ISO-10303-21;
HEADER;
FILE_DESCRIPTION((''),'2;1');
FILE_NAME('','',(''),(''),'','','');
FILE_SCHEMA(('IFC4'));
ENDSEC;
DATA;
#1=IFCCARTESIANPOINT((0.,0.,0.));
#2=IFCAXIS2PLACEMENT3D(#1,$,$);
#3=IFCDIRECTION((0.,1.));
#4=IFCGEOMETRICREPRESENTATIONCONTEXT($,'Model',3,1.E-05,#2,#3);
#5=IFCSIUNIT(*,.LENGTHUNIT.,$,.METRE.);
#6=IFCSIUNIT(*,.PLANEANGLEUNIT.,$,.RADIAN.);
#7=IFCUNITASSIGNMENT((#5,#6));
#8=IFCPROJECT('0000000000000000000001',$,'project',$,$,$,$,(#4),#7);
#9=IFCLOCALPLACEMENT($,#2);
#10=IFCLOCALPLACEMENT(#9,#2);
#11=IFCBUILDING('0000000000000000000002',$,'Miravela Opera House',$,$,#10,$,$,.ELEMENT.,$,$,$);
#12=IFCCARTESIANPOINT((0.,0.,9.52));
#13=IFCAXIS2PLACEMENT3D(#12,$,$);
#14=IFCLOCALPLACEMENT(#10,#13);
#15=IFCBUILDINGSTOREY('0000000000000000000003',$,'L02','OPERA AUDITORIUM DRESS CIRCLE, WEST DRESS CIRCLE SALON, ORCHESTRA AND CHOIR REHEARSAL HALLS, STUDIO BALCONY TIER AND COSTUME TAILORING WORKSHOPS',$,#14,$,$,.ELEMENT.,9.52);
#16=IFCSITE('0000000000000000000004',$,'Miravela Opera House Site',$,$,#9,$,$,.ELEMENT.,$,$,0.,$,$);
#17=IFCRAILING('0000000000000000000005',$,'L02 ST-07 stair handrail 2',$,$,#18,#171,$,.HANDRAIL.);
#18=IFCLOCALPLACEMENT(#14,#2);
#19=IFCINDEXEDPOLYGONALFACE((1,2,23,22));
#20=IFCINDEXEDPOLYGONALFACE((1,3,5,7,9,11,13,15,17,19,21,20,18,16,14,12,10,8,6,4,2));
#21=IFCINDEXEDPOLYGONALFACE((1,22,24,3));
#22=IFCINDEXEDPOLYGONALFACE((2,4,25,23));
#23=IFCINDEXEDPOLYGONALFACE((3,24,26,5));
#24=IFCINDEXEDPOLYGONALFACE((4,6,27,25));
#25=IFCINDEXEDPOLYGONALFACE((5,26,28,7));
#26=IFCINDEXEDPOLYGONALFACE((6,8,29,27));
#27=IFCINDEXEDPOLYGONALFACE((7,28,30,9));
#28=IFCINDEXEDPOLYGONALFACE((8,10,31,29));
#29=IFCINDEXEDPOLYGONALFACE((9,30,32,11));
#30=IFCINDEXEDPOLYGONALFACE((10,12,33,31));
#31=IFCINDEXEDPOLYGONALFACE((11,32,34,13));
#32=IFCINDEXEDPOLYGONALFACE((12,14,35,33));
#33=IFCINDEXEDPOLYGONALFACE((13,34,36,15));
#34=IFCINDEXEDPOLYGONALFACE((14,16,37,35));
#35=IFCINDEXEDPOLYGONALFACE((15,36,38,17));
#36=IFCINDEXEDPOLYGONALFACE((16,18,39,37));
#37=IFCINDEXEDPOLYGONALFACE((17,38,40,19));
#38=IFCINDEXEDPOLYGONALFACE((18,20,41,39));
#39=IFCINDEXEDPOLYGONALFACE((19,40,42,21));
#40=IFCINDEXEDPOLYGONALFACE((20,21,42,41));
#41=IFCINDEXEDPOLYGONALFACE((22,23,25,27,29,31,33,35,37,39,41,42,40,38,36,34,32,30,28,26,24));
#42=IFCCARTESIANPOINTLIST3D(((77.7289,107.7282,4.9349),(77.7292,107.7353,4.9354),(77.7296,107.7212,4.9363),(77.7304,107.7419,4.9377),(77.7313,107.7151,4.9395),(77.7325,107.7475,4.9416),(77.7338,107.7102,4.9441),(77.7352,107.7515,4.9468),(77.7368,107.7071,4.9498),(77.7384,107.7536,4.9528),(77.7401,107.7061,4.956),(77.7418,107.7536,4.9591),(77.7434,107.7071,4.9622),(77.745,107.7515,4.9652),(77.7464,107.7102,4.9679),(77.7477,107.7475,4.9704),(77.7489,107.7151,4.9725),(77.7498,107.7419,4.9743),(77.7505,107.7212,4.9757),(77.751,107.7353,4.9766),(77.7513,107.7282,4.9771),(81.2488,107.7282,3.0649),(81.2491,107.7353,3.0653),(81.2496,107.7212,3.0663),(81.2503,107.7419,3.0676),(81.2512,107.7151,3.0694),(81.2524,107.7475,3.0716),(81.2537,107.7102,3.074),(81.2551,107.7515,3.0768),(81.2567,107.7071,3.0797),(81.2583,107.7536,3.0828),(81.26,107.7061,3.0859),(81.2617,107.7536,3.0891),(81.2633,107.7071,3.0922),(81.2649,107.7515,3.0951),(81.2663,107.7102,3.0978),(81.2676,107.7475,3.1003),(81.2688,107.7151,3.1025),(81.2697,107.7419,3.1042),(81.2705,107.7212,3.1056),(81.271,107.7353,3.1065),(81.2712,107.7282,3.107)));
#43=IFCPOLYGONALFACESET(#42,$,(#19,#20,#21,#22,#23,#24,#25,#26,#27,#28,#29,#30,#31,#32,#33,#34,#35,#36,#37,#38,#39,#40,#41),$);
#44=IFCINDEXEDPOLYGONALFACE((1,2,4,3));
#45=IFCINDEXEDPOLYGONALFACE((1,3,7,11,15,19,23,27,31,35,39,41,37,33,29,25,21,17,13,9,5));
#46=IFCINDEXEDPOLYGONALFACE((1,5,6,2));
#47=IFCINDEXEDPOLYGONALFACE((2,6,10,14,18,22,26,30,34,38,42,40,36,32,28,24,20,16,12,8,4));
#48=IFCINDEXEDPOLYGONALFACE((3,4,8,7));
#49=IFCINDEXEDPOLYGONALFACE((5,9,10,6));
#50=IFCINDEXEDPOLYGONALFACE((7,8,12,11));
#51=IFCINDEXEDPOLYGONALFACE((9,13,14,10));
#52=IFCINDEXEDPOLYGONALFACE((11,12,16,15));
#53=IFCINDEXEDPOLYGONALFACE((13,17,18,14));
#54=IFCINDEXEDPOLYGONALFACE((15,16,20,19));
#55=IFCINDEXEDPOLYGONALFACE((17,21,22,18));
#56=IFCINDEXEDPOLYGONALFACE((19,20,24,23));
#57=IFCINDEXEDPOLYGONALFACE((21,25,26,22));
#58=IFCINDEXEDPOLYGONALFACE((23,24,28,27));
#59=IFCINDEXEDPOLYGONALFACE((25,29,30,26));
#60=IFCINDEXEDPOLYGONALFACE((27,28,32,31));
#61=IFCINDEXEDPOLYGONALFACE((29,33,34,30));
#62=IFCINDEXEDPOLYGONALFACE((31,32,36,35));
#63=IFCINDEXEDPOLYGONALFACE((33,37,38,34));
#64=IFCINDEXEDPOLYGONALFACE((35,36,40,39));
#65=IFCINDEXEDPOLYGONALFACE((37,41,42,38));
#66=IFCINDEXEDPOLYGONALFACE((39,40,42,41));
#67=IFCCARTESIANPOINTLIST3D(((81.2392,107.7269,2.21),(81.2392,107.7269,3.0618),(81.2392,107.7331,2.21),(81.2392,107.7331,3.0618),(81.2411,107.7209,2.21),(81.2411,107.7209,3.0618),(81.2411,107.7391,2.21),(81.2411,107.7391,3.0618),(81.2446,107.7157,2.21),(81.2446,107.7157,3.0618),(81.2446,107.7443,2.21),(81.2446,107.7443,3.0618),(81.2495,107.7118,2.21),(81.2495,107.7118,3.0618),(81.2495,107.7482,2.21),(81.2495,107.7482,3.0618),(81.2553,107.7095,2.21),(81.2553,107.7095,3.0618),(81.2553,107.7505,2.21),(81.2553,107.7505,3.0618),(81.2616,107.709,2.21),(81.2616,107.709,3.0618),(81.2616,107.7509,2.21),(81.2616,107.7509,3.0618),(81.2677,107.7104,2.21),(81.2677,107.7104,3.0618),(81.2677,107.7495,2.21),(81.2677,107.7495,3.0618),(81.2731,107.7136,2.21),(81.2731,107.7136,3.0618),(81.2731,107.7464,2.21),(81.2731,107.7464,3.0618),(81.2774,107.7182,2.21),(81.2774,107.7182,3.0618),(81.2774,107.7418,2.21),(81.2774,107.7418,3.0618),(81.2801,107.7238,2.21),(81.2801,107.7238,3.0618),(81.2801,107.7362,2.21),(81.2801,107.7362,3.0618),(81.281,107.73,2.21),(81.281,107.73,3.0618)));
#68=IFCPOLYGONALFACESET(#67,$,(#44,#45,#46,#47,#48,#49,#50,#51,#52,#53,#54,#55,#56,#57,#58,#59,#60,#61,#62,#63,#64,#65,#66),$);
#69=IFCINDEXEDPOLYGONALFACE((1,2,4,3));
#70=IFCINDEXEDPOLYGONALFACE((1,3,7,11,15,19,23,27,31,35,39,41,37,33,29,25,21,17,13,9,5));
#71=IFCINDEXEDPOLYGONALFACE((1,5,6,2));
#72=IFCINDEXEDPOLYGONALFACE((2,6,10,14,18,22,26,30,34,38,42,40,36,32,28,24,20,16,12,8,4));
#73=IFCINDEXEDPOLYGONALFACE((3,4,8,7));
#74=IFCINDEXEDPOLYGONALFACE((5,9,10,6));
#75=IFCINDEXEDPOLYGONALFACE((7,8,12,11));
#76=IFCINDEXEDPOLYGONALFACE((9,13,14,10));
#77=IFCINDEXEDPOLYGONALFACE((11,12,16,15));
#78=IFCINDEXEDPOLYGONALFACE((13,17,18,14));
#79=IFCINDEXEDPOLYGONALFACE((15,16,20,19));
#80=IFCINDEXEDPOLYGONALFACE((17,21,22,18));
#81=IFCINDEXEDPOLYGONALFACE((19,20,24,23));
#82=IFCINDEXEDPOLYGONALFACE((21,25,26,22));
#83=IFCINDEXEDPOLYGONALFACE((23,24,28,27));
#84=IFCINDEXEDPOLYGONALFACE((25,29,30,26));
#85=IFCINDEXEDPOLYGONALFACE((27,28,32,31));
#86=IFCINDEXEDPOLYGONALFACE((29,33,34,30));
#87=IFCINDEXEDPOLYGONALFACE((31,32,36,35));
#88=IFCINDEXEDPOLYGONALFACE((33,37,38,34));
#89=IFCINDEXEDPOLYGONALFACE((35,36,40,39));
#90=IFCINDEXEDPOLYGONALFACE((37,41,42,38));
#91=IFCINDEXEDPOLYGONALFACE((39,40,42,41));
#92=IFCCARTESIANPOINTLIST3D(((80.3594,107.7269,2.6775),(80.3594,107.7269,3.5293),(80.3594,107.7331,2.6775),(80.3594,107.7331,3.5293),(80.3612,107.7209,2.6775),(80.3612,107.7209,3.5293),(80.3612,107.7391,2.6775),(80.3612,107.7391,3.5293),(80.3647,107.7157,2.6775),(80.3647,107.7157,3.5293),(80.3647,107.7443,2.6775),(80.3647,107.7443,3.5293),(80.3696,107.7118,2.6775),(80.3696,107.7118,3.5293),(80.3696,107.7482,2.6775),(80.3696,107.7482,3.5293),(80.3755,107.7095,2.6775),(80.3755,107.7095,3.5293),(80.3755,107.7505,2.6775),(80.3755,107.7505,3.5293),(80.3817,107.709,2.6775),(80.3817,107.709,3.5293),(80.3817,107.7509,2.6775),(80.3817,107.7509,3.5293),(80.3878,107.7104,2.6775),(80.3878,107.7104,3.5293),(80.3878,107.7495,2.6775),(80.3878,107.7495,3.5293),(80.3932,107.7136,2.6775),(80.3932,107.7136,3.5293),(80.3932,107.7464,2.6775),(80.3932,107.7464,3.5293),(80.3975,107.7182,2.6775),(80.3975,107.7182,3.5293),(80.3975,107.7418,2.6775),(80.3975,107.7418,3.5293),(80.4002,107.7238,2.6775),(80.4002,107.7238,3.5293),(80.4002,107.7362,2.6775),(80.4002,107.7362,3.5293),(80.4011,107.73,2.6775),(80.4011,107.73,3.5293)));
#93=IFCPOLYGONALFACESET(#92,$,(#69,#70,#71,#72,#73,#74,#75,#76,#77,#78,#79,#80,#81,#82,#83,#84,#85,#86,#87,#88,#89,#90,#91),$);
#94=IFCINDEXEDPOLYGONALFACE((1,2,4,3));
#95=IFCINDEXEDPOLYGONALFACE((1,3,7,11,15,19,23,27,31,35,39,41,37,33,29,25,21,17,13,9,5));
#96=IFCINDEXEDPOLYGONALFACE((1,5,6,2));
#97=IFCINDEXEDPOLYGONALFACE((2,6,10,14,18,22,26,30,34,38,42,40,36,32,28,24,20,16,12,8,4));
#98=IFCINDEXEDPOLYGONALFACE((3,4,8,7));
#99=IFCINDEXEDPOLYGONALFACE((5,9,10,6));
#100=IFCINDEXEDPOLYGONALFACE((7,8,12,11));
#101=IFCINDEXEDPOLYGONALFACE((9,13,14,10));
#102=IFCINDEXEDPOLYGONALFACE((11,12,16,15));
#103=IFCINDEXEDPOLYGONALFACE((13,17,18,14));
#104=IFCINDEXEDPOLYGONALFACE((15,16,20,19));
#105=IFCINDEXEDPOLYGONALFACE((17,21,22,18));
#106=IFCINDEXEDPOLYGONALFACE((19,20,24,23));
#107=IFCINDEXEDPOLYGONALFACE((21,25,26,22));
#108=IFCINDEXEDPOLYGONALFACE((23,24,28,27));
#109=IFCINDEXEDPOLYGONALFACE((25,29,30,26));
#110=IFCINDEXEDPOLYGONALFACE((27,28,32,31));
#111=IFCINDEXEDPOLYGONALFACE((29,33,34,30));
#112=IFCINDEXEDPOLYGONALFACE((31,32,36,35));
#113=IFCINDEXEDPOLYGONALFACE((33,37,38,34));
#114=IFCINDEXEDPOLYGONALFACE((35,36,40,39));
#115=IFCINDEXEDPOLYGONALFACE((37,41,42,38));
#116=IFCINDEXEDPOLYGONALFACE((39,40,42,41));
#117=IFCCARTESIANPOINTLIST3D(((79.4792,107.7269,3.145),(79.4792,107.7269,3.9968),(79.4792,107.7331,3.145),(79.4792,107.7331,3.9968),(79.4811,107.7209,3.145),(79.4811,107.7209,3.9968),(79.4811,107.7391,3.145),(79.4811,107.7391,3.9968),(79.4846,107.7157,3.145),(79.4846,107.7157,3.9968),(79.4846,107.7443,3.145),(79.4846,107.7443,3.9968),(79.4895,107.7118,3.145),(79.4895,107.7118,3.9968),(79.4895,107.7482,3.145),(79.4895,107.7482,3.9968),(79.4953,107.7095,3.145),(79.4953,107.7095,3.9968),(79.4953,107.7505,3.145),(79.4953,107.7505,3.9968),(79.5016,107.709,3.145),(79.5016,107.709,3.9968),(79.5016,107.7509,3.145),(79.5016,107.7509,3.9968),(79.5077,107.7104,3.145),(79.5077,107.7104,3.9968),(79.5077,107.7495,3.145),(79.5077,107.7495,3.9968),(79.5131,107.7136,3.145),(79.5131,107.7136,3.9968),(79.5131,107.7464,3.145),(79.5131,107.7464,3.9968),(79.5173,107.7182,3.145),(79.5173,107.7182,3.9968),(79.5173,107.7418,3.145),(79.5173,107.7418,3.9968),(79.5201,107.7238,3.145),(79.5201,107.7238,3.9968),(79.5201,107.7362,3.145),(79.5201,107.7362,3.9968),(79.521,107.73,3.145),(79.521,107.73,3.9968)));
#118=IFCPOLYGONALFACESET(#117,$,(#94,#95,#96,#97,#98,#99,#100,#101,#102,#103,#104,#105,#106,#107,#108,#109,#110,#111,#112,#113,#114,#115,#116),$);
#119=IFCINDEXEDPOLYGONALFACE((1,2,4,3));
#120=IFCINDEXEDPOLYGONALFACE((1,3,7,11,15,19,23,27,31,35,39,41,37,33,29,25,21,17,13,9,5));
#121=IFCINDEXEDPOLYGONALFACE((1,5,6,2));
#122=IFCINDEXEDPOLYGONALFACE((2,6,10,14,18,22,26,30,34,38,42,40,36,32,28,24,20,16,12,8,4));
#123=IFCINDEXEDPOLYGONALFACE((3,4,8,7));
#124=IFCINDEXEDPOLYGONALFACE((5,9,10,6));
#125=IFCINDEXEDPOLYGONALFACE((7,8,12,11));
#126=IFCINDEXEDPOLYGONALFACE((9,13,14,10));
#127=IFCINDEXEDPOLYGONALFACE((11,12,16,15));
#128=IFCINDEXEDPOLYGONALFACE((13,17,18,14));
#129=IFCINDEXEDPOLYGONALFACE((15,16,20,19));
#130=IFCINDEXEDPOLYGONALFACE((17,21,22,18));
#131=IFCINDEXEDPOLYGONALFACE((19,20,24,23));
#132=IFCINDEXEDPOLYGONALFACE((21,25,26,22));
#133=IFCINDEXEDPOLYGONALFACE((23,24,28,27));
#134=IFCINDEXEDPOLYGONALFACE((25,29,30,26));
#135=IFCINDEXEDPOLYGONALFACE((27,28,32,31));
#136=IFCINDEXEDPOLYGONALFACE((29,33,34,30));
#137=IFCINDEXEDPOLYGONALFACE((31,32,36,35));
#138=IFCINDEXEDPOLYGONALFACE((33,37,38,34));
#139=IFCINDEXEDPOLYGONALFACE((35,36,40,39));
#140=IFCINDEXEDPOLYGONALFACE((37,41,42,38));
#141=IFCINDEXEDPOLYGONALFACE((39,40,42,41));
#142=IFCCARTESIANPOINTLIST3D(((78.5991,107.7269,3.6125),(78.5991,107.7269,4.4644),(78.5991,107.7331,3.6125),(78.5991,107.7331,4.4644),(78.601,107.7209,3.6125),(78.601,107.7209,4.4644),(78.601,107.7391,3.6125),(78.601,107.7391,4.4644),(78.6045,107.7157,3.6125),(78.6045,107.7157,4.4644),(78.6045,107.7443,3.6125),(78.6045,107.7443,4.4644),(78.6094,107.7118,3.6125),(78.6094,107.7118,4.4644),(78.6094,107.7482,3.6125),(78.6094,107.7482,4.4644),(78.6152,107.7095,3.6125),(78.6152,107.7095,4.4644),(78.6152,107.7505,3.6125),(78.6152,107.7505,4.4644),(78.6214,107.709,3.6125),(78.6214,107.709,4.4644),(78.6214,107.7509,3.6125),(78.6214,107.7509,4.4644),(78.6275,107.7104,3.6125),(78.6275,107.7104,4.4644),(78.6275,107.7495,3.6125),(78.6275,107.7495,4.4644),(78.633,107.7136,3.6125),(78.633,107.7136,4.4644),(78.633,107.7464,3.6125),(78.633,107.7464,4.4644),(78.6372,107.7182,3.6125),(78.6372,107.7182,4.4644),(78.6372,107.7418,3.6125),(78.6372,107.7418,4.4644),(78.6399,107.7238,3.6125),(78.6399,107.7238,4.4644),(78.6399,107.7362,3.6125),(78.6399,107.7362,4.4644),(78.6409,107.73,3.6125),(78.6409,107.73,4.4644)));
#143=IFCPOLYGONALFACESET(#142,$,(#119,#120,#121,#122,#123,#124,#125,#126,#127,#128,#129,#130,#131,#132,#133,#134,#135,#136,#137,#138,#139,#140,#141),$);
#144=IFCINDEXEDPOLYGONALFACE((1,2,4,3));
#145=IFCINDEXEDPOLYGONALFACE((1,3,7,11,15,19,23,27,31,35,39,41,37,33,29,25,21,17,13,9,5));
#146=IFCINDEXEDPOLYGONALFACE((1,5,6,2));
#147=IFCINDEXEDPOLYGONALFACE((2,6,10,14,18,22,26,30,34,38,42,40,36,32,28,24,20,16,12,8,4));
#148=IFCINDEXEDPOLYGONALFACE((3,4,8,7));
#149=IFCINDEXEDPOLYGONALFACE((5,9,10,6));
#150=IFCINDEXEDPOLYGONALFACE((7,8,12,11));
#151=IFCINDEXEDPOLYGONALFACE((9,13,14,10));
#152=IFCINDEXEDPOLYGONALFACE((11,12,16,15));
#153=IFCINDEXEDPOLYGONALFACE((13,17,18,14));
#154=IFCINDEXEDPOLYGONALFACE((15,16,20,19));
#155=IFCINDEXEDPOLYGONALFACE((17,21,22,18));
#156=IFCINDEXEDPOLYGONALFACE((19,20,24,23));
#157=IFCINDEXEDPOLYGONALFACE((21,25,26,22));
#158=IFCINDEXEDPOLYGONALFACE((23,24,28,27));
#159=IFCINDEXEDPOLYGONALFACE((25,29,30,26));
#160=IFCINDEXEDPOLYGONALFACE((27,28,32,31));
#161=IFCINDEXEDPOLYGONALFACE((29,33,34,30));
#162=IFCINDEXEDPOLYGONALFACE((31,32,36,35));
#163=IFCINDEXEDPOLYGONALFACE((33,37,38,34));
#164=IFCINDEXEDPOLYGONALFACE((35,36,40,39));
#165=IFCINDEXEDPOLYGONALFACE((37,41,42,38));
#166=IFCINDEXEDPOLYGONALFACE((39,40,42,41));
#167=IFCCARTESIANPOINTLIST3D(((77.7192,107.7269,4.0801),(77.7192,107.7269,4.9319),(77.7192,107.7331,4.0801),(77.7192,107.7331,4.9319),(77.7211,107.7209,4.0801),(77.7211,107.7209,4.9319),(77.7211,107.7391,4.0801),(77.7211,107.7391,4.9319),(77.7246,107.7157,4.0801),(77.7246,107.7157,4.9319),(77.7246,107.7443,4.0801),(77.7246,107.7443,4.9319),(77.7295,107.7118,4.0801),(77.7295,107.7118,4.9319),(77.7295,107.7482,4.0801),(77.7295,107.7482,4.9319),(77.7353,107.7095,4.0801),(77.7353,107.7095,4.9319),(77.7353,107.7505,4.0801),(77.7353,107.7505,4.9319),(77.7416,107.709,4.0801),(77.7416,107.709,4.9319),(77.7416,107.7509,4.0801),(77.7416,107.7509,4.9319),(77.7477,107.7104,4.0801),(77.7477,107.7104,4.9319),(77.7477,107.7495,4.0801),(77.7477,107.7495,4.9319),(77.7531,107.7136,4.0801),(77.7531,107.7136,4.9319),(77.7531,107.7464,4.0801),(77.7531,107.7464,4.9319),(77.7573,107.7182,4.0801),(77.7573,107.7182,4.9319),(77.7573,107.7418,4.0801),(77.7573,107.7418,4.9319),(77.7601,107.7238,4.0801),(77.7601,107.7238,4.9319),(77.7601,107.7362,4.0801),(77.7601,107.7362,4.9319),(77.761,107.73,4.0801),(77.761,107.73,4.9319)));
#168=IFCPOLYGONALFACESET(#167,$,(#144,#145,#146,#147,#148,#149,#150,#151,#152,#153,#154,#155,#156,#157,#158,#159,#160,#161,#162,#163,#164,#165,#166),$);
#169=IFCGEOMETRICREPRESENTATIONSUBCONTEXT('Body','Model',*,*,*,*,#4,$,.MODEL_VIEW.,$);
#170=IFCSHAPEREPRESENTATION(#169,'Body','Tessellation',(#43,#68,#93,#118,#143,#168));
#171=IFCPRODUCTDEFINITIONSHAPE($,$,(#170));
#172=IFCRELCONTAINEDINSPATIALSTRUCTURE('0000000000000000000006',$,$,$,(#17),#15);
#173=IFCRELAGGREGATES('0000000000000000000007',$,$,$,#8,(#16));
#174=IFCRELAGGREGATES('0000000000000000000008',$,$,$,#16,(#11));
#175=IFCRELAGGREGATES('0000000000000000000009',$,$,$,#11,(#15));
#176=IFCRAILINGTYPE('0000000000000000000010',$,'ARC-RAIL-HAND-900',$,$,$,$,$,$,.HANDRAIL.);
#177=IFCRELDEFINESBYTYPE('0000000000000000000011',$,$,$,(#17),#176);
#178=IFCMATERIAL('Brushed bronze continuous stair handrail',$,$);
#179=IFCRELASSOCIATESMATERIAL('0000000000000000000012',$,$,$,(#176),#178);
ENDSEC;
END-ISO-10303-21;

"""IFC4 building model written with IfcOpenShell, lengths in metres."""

from ifc_helpers import new_model, si_unit, direction, frame, origin, origin_2d, place, context, subcontext, project, spatial, circle, extrude, material, type_object, element, save


model = new_model("IFC4")

# Units and contexts
model_context = context("Model", 3, precision=1e-05, world=origin(), true_north=direction((0.0, 1.0)))
body_context = subcontext(model_context, "Body", "Model", "MODEL_VIEW")
ifc_project = project(units=[si_unit("LENGTHUNIT", "METRE"), si_unit("PLANEANGLEUNIT", "RADIAN")], contexts=[model_context])

# Site, building, storey
site_placement = place(None, origin())
site = spatial("IfcSite", under=ifc_project, at=site_placement, Name="Miravela Opera House Site", CompositionType="ELEMENT", RefElevation=0.0)
building_placement = place(site_placement, origin())
building = spatial("IfcBuilding", under=site, at=building_placement, Name="Miravela Opera House", CompositionType="ELEMENT")
storey_placement = place(building_placement, frame((0.0, 0.0, 9.52)))
storey = spatial("IfcBuildingStorey", under=building, at=storey_placement, Name="L02", Description="OPERA AUDITORIUM DRESS CIRCLE, WEST DRESS CIRCLE SALON, ORCHESTRA AND CHOIR REHEARSAL HALLS, STUDIO BALCONY TIER AND COSTUME TAILORING WORKSHOPS", CompositionType="ELEMENT", Elevation=9.52)

# Railing
ifc_material_1 = material(Name="Brushed bronze continuous stair handrail")
railing_type_1 = type_object("IfcRailingType", Name="ARC-RAIL-HAND-900", PredefinedType="HANDRAIL", material=ifc_material_1)
railing_1_placement = place(storey_placement, frame((81.26, 107.73, 2.21)))
element("IfcRailing", 1, at=railing_1_placement, inside=storey, type_object=railing_type_1, Name="L02 ST-07 stair handrail 2", PredefinedType="HANDRAIL", context=body_context, shape_type="SweptSolid", body=[
    extrude(circle(Radius=0.0239, at=origin_2d()), frame((0.0, 0.0, 0.876), z_axis=(-0.883105, 0.0, 0.469176), x_axis=(0.0, -1.0, 0.0)), (0.0, 0.0, 1.0), 3.9858),
    extrude(circle(Radius=0.021, at=origin_2d()), origin(), (0.0, 0.0, 1.0), 0.8518),
    extrude(circle(Radius=0.021, at=origin_2d()), frame((-0.8799, 0.0, 0.4675)), (0.0, 0.0, 1.0), 0.8518),
    extrude(circle(Radius=0.021, at=origin_2d()), frame((-1.76, 0.0, 0.9351)), (0.0, 0.0, 1.0), 0.8518),
    extrude(circle(Radius=0.021, at=origin_2d()), frame((-2.6401, 0.0, 1.4026)), (0.0, 0.0, 1.0), 0.8518),
    extrude(circle(Radius=0.021, at=origin_2d()), frame((-3.52, 0.0, 1.8701)), (0.0, 0.0, 1.0), 0.8518),
])

save(model, "model.ifc")
